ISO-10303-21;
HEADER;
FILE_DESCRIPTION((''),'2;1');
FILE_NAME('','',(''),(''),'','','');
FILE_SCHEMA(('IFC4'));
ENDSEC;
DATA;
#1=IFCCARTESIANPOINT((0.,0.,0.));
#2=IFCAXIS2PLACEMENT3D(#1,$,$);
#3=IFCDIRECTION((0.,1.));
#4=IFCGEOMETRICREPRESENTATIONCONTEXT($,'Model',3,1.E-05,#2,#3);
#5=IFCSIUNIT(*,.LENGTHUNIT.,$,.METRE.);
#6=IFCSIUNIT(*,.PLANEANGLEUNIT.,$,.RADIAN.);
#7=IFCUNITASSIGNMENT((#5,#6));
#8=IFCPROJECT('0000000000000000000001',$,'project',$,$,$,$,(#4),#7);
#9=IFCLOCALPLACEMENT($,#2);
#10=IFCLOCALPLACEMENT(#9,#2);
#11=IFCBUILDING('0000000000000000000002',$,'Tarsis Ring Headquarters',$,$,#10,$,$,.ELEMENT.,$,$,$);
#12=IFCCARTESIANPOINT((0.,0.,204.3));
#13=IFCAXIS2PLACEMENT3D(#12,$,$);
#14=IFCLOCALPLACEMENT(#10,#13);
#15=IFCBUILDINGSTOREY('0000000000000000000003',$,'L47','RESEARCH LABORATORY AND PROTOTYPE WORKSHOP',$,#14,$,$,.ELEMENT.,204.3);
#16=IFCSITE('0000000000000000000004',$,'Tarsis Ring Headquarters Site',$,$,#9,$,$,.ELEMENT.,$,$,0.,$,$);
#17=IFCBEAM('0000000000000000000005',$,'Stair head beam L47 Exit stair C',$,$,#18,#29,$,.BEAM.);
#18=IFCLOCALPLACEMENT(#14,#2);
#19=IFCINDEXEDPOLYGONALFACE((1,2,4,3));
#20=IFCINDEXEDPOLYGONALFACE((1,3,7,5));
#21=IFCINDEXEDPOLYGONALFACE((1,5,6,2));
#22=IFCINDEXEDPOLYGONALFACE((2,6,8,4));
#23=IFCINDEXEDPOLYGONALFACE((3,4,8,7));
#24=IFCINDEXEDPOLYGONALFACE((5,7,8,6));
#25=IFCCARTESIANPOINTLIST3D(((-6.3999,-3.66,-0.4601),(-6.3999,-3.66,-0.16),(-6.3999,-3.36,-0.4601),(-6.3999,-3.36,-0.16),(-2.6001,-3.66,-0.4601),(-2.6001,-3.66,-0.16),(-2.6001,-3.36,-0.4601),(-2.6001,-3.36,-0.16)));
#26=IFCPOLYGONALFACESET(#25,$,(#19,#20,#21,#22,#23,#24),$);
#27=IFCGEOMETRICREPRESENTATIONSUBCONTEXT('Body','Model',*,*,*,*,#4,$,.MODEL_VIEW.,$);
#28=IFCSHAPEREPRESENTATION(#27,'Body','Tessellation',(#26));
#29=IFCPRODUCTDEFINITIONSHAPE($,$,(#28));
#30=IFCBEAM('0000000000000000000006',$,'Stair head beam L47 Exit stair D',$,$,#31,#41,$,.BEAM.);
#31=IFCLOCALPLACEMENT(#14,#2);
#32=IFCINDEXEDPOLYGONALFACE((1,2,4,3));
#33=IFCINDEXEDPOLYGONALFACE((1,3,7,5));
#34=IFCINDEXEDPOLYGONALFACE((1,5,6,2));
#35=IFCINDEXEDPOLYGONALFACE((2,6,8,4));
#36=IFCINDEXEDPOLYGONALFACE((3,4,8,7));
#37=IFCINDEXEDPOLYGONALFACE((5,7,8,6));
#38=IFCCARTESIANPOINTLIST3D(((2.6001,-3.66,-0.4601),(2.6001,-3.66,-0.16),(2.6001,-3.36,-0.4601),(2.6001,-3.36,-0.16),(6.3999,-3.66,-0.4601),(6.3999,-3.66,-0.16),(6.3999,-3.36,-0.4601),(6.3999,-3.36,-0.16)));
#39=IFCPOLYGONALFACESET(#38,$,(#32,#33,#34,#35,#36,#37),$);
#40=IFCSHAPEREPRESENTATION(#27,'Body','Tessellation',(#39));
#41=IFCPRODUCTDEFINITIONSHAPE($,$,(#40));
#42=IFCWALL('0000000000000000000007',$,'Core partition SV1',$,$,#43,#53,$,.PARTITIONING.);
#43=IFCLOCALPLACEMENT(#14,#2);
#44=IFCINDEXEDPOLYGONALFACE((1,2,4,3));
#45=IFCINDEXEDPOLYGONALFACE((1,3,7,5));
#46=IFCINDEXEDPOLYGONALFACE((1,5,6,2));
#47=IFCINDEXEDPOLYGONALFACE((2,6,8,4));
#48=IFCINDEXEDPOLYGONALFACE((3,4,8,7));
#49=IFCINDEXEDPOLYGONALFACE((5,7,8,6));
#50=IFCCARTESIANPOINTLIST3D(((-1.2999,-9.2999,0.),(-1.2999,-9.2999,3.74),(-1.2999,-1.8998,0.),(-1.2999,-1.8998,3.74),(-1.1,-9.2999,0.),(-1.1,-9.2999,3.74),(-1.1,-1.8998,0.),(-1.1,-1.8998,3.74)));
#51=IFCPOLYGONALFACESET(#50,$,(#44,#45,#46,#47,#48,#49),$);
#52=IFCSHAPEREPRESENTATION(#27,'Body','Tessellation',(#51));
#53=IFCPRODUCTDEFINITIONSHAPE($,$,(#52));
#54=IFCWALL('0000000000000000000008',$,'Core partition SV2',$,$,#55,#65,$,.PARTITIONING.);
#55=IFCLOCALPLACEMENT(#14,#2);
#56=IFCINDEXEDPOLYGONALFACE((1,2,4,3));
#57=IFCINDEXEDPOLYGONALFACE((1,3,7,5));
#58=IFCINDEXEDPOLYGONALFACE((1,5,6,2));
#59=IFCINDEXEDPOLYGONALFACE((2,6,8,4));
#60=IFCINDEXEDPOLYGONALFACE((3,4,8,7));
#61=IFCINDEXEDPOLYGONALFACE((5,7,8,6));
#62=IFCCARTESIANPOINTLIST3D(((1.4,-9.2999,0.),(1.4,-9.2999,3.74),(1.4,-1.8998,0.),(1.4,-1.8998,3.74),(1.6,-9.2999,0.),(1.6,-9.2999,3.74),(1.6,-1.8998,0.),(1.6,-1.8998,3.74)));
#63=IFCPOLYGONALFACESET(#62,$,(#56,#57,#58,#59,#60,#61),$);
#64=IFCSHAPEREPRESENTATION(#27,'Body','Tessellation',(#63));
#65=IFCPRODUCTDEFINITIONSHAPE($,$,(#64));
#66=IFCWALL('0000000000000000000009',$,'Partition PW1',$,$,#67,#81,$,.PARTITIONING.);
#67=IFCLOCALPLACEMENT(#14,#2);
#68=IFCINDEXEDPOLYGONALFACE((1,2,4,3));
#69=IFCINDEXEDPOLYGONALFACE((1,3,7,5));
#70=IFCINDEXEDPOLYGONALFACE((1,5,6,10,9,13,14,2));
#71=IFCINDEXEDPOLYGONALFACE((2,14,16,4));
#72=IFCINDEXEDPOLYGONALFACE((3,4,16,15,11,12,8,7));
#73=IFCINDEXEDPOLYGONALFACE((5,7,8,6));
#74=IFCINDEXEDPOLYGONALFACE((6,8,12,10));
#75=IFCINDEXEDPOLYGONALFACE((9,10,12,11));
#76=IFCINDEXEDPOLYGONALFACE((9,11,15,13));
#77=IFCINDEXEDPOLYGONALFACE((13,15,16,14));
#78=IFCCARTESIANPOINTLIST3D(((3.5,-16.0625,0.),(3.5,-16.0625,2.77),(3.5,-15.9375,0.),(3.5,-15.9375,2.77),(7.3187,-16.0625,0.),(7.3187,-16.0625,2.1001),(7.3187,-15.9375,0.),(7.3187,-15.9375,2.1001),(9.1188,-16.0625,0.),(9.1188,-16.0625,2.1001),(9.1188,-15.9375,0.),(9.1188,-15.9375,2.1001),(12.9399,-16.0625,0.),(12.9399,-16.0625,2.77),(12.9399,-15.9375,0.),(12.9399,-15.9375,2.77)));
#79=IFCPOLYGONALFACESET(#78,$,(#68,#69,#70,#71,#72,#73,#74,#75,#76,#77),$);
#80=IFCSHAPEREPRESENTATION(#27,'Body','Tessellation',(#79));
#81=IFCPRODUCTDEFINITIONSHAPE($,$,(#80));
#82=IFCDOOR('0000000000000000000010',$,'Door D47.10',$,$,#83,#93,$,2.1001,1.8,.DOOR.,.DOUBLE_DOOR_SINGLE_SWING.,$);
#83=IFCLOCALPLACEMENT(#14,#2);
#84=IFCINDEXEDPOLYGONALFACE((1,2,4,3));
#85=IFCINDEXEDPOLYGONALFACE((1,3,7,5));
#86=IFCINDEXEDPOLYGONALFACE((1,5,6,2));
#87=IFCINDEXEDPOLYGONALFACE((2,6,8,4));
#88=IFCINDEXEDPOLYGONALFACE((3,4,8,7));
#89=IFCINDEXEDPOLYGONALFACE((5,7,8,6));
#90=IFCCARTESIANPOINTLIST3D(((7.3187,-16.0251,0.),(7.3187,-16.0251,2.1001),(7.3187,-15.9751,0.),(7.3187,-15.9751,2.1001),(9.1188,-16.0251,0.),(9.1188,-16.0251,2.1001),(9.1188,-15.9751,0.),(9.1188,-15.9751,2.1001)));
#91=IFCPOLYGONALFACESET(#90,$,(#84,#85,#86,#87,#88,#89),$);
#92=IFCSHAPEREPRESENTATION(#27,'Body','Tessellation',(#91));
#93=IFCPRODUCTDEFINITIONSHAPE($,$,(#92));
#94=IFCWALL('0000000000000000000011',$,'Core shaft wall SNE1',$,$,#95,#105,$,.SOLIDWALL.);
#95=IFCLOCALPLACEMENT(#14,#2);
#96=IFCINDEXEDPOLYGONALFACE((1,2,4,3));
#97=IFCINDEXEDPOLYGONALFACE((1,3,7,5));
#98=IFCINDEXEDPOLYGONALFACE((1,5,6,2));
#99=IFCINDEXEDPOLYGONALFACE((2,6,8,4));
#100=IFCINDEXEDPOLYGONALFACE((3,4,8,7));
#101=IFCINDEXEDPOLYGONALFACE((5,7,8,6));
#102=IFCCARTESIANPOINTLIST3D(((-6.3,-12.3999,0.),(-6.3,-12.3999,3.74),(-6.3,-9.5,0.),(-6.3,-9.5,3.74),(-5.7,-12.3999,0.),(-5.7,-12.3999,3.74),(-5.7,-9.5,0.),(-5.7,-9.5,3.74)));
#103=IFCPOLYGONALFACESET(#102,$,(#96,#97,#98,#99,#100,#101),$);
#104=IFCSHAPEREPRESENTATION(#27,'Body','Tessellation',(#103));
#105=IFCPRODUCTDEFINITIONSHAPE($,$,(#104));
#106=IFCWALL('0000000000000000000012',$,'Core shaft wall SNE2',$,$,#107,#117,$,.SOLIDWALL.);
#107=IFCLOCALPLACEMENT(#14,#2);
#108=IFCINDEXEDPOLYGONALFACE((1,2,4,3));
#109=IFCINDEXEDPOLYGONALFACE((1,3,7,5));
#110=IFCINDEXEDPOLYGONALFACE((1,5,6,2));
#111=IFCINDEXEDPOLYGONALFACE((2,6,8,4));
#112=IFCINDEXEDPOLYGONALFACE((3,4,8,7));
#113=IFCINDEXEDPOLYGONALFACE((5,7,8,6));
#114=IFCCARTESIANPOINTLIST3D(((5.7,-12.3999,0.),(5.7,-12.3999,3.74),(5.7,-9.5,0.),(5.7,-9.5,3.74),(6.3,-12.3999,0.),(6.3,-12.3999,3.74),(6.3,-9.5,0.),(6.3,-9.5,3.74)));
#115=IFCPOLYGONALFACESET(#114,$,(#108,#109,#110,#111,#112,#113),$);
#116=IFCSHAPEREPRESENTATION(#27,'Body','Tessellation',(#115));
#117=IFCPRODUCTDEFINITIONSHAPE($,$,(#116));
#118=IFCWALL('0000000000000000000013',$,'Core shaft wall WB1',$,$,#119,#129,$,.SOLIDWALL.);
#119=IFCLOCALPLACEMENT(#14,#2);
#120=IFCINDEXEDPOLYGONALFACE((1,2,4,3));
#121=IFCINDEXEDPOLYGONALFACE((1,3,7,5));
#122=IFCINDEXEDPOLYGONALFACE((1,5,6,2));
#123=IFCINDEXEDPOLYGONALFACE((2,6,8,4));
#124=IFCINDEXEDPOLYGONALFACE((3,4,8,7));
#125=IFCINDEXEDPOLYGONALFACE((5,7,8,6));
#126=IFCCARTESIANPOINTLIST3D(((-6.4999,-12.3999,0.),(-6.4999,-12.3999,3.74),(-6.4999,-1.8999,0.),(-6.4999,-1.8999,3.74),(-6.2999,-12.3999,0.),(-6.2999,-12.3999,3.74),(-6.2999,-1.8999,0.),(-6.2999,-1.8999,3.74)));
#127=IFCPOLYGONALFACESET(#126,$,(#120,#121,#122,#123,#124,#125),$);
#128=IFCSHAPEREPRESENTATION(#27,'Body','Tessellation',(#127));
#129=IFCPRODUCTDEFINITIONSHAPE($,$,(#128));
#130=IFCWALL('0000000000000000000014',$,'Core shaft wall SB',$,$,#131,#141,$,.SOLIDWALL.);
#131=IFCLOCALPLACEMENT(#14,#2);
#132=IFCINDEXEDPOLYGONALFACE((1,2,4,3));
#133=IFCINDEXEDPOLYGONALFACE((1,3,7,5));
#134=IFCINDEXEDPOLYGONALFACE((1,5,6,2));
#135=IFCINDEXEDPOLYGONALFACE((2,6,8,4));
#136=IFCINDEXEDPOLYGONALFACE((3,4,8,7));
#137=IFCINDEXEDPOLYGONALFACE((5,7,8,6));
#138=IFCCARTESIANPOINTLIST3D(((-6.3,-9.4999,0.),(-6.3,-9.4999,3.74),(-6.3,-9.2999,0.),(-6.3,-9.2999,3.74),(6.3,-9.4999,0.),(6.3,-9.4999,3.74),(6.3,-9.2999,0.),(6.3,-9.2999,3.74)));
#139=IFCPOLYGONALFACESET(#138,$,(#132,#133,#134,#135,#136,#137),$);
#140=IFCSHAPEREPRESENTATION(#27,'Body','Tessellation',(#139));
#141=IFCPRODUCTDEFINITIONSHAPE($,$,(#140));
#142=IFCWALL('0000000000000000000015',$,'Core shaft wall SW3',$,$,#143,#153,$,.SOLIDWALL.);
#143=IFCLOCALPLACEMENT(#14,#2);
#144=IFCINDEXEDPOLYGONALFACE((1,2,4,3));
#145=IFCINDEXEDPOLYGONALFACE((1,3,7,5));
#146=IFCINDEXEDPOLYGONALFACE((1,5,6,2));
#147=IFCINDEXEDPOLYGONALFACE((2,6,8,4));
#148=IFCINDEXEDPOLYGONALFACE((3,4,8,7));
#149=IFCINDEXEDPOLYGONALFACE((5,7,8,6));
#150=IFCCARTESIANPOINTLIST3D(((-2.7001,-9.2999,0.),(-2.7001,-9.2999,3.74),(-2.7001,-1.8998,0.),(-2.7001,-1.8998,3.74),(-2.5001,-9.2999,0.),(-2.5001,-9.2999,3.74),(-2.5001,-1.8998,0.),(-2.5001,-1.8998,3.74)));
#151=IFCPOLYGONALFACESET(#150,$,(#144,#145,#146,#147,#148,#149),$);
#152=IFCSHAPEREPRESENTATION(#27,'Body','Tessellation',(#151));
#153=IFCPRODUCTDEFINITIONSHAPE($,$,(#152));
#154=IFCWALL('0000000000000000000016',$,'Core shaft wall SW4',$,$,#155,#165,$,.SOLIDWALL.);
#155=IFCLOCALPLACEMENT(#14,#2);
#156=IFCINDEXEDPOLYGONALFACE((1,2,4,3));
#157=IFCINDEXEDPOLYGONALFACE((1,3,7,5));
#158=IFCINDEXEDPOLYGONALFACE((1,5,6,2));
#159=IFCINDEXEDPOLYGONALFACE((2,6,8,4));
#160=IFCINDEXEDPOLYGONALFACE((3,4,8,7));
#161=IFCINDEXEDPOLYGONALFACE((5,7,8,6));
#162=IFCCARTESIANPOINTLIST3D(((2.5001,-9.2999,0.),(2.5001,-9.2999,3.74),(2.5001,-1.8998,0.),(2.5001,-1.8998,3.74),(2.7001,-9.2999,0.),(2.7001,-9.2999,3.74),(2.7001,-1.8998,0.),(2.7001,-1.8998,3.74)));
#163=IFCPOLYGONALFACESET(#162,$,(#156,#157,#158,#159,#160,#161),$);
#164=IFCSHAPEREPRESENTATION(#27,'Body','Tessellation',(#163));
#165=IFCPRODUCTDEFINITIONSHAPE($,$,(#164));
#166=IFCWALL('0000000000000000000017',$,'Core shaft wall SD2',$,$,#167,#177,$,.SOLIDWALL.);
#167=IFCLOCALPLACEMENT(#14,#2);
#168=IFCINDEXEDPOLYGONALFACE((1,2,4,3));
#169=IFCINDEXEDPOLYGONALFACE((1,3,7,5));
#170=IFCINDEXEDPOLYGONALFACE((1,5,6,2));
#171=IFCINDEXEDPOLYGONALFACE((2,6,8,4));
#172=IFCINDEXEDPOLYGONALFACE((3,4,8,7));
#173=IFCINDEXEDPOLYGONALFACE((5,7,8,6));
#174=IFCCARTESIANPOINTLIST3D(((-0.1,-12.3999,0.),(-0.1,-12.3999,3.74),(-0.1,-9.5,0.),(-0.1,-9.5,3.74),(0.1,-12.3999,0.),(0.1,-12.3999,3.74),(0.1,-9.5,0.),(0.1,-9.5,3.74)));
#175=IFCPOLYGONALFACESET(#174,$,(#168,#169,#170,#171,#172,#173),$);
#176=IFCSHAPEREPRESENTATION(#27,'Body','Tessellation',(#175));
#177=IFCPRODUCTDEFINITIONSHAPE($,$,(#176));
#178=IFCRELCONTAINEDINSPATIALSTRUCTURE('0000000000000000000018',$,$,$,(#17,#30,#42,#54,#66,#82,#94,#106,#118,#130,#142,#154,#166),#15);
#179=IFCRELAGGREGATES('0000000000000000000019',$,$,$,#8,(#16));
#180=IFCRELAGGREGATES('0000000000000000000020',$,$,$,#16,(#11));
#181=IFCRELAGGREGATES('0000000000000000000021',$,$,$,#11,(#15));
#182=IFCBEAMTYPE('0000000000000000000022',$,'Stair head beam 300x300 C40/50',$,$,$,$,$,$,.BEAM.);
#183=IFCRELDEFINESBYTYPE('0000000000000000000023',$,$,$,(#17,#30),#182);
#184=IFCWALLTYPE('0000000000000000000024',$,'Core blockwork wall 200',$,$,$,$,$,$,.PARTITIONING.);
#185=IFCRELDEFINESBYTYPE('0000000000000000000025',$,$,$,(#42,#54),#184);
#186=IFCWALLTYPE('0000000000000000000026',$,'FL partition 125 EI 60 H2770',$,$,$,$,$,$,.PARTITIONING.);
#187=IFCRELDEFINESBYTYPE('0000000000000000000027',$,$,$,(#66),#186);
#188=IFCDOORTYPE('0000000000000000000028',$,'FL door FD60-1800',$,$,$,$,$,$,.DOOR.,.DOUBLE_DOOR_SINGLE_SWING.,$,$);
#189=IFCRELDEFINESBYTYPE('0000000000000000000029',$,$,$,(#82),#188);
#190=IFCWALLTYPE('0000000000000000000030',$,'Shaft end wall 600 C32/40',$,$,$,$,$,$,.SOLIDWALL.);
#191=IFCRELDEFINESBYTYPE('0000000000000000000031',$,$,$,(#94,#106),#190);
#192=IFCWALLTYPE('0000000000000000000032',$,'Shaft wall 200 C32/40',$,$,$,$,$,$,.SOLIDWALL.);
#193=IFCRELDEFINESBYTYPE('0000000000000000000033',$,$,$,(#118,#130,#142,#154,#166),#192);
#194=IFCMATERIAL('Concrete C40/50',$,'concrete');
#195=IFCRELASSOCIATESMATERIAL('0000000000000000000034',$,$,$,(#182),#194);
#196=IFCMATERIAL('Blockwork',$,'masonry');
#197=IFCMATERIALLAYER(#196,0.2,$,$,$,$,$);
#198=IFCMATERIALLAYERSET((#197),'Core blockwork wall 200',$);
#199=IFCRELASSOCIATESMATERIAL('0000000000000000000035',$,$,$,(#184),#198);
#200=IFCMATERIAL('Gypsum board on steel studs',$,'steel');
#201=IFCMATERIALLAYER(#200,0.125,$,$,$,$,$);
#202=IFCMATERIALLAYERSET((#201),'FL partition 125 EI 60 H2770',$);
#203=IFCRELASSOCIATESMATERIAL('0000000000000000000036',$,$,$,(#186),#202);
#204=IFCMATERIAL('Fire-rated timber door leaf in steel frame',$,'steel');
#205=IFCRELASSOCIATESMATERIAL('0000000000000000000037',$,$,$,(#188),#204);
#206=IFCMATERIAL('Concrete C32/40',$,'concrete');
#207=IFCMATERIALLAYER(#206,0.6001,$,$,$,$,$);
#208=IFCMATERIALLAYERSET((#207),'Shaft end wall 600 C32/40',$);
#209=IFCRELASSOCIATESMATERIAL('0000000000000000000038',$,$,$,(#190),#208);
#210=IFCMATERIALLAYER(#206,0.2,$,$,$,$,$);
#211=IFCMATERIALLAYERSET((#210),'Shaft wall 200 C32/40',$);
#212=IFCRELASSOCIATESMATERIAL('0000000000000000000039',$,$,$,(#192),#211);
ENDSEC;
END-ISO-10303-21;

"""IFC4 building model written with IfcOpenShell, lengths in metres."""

from ifc_helpers import new_model, si_unit, direction, frame, frame_2d, origin, origin_2d, place, context, subcontext, project, spatial, rectangle, extrude, material, layer, layer_set, material_profile, profile_set, type_object, element, fill, save


model = new_model("IFC4")

# Units and contexts
model_context = context("Model", 3, precision=1e-05, world=origin(), true_north=direction((0.0, 1.0)))
body_context = subcontext(model_context, "Body", "Model", "MODEL_VIEW")
ifc_project = project(units=[si_unit("LENGTHUNIT", "METRE"), si_unit("PLANEANGLEUNIT", "RADIAN")], contexts=[model_context])

# Site, building, storey
site_placement = place(None, origin())
site = spatial("IfcSite", under=ifc_project, at=site_placement, Name="Tarsis Ring Headquarters Site", CompositionType="ELEMENT", RefElevation=0.0)
building_placement = place(site_placement, origin())
building = spatial("IfcBuilding", under=site, at=building_placement, Name="Tarsis Ring Headquarters", CompositionType="ELEMENT")
storey_placement = place(building_placement, frame((0.0, 0.0, 204.3)))
storey = spatial("IfcBuildingStorey", under=building, at=storey_placement, Name="L47", Description="RESEARCH LABORATORY AND PROTOTYPE WORKSHOP", CompositionType="ELEMENT", Elevation=204.3)

# Beams
ifc_material_1 = material(Name="Concrete C40/50", Category="concrete")
ifc_material_profile = material_profile(ifc_material_1, rectangle(XDim=0.3, YDim=0.3, at=origin_2d()), Name="Stair head beam 300x300 C40/50")
ifc_profile_set = profile_set([ifc_material_profile], Name="Concrete C40/50")
beam_type = type_object("IfcBeamType", Name="Stair head beam 300x300 C40/50", PredefinedType="BEAM", material=ifc_profile_set)
for number, where, z_axis, x_axis, name in (
    (1, (-6.3999, -3.51, -0.3101), (1.0, 0.0, 0.0), (0.0, 1.0, 0.0), "Stair head beam L47 Exit stair C"),
    (2, (2.6001, -3.51, -0.3101), (1.0, 0.0, 0.0), (0.0, 1.0, 0.0), "Stair head beam L47 Exit stair D"),
):
    element("IfcBeam", number, at=place(storey_placement, frame(where, z_axis=z_axis, x_axis=x_axis)), inside=storey, type_object=beam_type, Name=name, PredefinedType="BEAM", context=body_context, shape_type="SweptSolid", body=[
        extrude(rectangle(XDim=0.3, YDim=0.3, at=origin_2d()), origin(), (0.0, 0.0, 1.0), 3.7998),
    ])

# Walls
ifc_material_2 = material(Name="Blockwork", Category="masonry")
ifc_layer_1 = layer(ifc_material_2, 0.2)
ifc_layer_set_1 = layer_set([ifc_layer_1], Name="Core blockwork wall 200")
wall_type_1 = type_object("IfcWallType", Name="Core blockwork wall 200", PredefinedType="PARTITIONING", material=ifc_layer_set_1)
for number, where, z_axis, x_axis, name in (
    (3, (-1.2, -9.3, 0.0), (0.0, 0.0, 1.0), (0.0, 1.0, 0.0), "Core partition SV1"),
    (4, (1.5, -9.3, 0.0), (0.0, 0.0, 1.0), (0.0, 1.0, 0.0), "Core partition SV2"),
):
    element("IfcWall", number, at=place(storey_placement, frame(where, z_axis=z_axis, x_axis=x_axis)), inside=storey, type_object=wall_type_1, Name=name, PredefinedType="PARTITIONING", context=body_context, shape_type="SweptSolid", body=[
        extrude(rectangle(XDim=7.4001, YDim=0.2, at=frame_2d((3.7002, 0.0))), origin(), (0.0, 0.0, 1.0), 3.74),
    ])

# Wall, opening, door
ifc_material_3 = material(Name="Gypsum board on steel studs", Category="steel")
ifc_layer_2 = layer(ifc_material_3, 0.125)
ifc_layer_set_2 = layer_set([ifc_layer_2], Name="FL partition 125 EI 60 H2770")
wall_type_2 = type_object("IfcWallType", Name="FL partition 125 EI 60 H2770", PredefinedType="PARTITIONING", material=ifc_layer_set_2)
wall_1_placement = place(storey_placement, frame((3.5, -16.0, 0.0), z_axis=(0.0, 0.0, 1.0), x_axis=(1.0, 0.0, 0.0)))
wall_1 = element("IfcWall", 5, at=wall_1_placement, inside=storey, type_object=wall_type_2, Name="Partition PW1", PredefinedType="PARTITIONING", context=body_context, shape_type="SweptSolid", body=[
    extrude(rectangle(XDim=9.4399, YDim=0.125, at=frame_2d((4.72, 0.0))), origin(), (0.0, 0.0, 1.0), 2.77),
])
opening_placement = place(wall_1_placement, frame((3.8188, 0.0, 0.0)))
opening = element("IfcOpeningElement", 6, at=opening_placement, cuts=wall_1, PredefinedType="OPENING", context=body_context, shape_type="SweptSolid", body=[
    extrude(rectangle(XDim=1.8, YDim=2.1001, at=frame_2d((0.8999, 1.05))), frame((0.0, 0.0725, 0.0), z_axis=(0.0, -1.0, 0.0), x_axis=(1.0, 0.0, 0.0)), (0.0, 0.0, 1.0), 0.145),
])
ifc_material_4 = material(Name="Fire-rated timber door leaf in steel frame", Category="steel")
door_type = type_object("IfcDoorType", Name="FL door FD60-1800", OperationType="DOUBLE_DOOR_SINGLE_SWING", PredefinedType="DOOR", material=ifc_material_4)
door_placement = place(opening_placement, origin())
door = element("IfcDoor", 7, at=door_placement, inside=storey, type_object=door_type, Name="Door D47.10", OperationType="DOUBLE_DOOR_SINGLE_SWING", OverallHeight=2.1001, OverallWidth=1.8, PredefinedType="DOOR", context=body_context, shape_type="SweptSolid", body=[
    extrude(rectangle(XDim=1.8, YDim=2.1001, at=frame_2d((0.8999, 1.05))), frame((0.0, 0.0249, 0.0), z_axis=(0.0, -1.0, 0.0), x_axis=(1.0, 0.0, 0.0)), (0.0, 0.0, 1.0), 0.05),
])
fill(opening, door)

# Walls
ifc_material_5 = material(Name="Concrete C32/40", Category="concrete")
ifc_layer_3 = layer(ifc_material_5, 0.6001)
ifc_layer_set_3 = layer_set([ifc_layer_3], Name="Shaft end wall 600 C32/40")
wall_type_3 = type_object("IfcWallType", Name="Shaft end wall 600 C32/40", PredefinedType="SOLIDWALL", material=ifc_layer_set_3)
for number, where, z_axis, x_axis, name in (
    (8, (-6.0, -12.3999, 0.0), (0.0, 0.0, 1.0), (0.0, 1.0, 0.0), "Core shaft wall SNE1"),
    (9, (6.0, -12.3999, 0.0), (0.0, 0.0, 1.0), (0.0, 1.0, 0.0), "Core shaft wall SNE2"),
):
    element("IfcWall", number, at=place(storey_placement, frame(where, z_axis=z_axis, x_axis=x_axis)), inside=storey, type_object=wall_type_3, Name=name, PredefinedType="SOLIDWALL", context=body_context, shape_type="SweptSolid", body=[
        extrude(rectangle(XDim=2.8999, YDim=0.6001, at=frame_2d((1.45, 0.0))), origin(), (0.0, 0.0, 1.0), 3.74),
    ])
ifc_layer_4 = layer(ifc_material_5, 0.2)
ifc_layer_set_4 = layer_set([ifc_layer_4], Name="Shaft wall 200 C32/40")
wall_type_4 = type_object("IfcWallType", Name="Shaft wall 200 C32/40", PredefinedType="SOLIDWALL", material=ifc_layer_set_4)
wall_2_placement = place(storey_placement, frame((-6.3999, -12.3999, 0.0), z_axis=(0.0, 0.0, 1.0), x_axis=(0.0, 1.0, 0.0)))
element("IfcWall", 10, at=wall_2_placement, inside=storey, type_object=wall_type_4, Name="Core shaft wall WB1", PredefinedType="SOLIDWALL", context=body_context, shape_type="SweptSolid", body=[
    extrude(rectangle(XDim=10.5, YDim=0.2, at=frame_2d((5.25, 0.0))), origin(), (0.0, 0.0, 1.0), 3.74),
])
wall_3_placement = place(storey_placement, frame((-6.3, -9.3999, 0.0), z_axis=(0.0, 0.0, 1.0), x_axis=(1.0, 0.0, 0.0)))
element("IfcWall", 11, at=wall_3_placement, inside=storey, type_object=wall_type_4, Name="Core shaft wall SB", PredefinedType="SOLIDWALL", context=body_context, shape_type="SweptSolid", body=[
    extrude(rectangle(XDim=12.6001, YDim=0.2, at=frame_2d((6.3, 0.0))), origin(), (0.0, 0.0, 1.0), 3.74),
])
for number, where, z_axis, x_axis, name in (
    (12, (-2.6001, -9.3, 0.0), (0.0, 0.0, 1.0), (0.0, 1.0, 0.0), "Core shaft wall SW3"),
    (13, (2.6001, -9.3, 0.0), (0.0, 0.0, 1.0), (0.0, 1.0, 0.0), "Core shaft wall SW4"),
):
    element("IfcWall", number, at=place(storey_placement, frame(where, z_axis=z_axis, x_axis=x_axis)), inside=storey, type_object=wall_type_4, Name=name, PredefinedType="SOLIDWALL", context=body_context, shape_type="SweptSolid", body=[
        extrude(rectangle(XDim=7.4001, YDim=0.2, at=frame_2d((3.7002, 0.0))), origin(), (0.0, 0.0, 1.0), 3.74),
    ])
wall_4_placement = place(storey_placement, frame((0.0, -12.3999, 0.0), z_axis=(0.0, 0.0, 1.0), x_axis=(0.0, 1.0, 0.0)))
element("IfcWall", 14, at=wall_4_placement, inside=storey, type_object=wall_type_4, Name="Core shaft wall SD2", PredefinedType="SOLIDWALL", context=body_context, shape_type="SweptSolid", body=[
    extrude(rectangle(XDim=2.8999, YDim=0.2, at=frame_2d((1.45, 0.0))), origin(), (0.0, 0.0, 1.0), 3.74),
])

save(model, "model.ifc")
